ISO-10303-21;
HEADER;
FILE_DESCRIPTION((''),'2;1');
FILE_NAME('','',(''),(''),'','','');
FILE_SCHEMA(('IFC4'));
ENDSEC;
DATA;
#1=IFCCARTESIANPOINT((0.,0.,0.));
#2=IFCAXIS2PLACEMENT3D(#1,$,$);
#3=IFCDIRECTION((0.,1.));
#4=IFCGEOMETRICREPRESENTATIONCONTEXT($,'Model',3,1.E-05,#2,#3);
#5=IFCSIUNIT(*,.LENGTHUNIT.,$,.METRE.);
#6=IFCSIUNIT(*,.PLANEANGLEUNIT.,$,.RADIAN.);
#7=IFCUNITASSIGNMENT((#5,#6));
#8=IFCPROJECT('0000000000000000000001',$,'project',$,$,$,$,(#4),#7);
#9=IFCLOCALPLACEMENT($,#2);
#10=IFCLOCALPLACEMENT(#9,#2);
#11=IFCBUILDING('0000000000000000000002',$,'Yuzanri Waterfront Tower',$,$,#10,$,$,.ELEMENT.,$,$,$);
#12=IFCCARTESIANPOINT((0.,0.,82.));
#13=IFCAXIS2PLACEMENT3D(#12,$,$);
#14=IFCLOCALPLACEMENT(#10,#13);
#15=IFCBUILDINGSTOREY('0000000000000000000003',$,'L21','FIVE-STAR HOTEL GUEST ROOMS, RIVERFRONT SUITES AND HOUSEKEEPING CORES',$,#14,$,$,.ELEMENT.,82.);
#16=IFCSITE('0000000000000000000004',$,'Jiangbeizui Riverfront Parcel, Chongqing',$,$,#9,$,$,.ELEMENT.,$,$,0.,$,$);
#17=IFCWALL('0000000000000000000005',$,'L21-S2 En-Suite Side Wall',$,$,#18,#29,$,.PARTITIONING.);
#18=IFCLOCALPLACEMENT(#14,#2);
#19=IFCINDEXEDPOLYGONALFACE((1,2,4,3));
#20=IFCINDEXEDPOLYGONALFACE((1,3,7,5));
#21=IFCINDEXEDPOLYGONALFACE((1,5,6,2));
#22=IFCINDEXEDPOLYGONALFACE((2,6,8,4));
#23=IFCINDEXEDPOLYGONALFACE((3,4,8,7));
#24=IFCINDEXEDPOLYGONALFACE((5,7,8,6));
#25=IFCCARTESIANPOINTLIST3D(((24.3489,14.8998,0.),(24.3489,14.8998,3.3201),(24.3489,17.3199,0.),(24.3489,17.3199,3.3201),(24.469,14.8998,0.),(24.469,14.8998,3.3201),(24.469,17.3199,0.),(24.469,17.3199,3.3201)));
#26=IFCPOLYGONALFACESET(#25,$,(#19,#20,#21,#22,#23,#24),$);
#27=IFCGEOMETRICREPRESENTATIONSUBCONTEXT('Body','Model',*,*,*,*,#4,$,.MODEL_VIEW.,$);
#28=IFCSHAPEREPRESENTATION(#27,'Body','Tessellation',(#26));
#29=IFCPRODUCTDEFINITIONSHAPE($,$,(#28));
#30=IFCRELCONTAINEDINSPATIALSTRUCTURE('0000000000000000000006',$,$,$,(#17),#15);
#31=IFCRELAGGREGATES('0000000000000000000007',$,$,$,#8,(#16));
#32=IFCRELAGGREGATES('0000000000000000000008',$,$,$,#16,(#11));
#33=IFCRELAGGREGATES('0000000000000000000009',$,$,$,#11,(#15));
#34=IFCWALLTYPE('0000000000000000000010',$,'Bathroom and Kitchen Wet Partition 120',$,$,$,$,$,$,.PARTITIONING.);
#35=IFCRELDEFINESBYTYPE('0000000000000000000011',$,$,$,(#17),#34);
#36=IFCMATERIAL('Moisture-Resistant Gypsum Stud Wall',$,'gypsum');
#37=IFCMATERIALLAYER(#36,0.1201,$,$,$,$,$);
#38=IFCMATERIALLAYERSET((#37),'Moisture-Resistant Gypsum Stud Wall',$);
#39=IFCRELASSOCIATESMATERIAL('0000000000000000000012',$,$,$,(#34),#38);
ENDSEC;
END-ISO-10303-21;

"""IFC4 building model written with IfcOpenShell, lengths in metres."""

from ifc_helpers import new_model, si_unit, direction, frame, frame_2d, origin, place, context, subcontext, project, spatial, rectangle, extrude, source, transform, mapped, material, layer, layer_set, type_object, element, save


model = new_model("IFC4")

# Units and contexts
model_context = context("Model", 3, precision=1e-05, world=origin(), true_north=direction((0.0, 1.0)))
body_context = subcontext(model_context, "Body", "Model", "MODEL_VIEW")
ifc_project = project(units=[si_unit("LENGTHUNIT", "METRE"), si_unit("PLANEANGLEUNIT", "RADIAN")], contexts=[model_context])

# Site, building, storey
site_placement = place(None, origin())
site = spatial("IfcSite", under=ifc_project, at=site_placement, Name="Jiangbeizui Riverfront Parcel, Chongqing", CompositionType="ELEMENT", RefElevation=0.0)
building_placement = place(site_placement, origin())
building = spatial("IfcBuilding", under=site, at=building_placement, Name="Yuzanri Waterfront Tower", CompositionType="ELEMENT")
storey_placement = place(building_placement, frame((0.0, 0.0, 82.0)))
storey = spatial("IfcBuildingStorey", under=building, at=storey_placement, Name="L21", Description="FIVE-STAR HOTEL GUEST ROOMS, RIVERFRONT SUITES AND HOUSEKEEPING CORES", CompositionType="ELEMENT", Elevation=82.0)

# Shared definitions
ifc_material_1 = material(Name="Moisture-Resistant Gypsum Stud Wall", Category="gypsum")
ifc_layer_1 = layer(ifc_material_1, 0.1201)
ifc_layer_set_1 = layer_set([ifc_layer_1], Name="Moisture-Resistant Gypsum Stud Wall")
wall_type_1 = type_object("IfcWallType", Name="Bathroom and Kitchen Wet Partition 120", PredefinedType="PARTITIONING", material=ifc_layer_set_1)

# Wall
shared_shape_1 = source(origin(), body_context, "Body", "SweptSolid", [
    extrude(rectangle(XDim=2.4202, YDim=0.1201, at=frame_2d((1.21, 0.0))), origin(), (0.0, 0.0, 1.0), 3.3201),
])
wall_1_placement = place(storey_placement, frame((24.4089, 14.8999, 0.0), z_axis=(0.0, 0.0, 1.0), x_axis=(0.0, 1.0, 0.0)))
element("IfcWall", 1, at=wall_1_placement, inside=storey, type_object=wall_type_1, Name="L21-S2 En-Suite Side Wall", PredefinedType="PARTITIONING", context=body_context, shape_type="MappedRepresentation", body=[
    mapped(shared_shape_1, transform((0.0, 0.0, 0.0), scale=1.0)),
])

save(model, "model.ifc")
